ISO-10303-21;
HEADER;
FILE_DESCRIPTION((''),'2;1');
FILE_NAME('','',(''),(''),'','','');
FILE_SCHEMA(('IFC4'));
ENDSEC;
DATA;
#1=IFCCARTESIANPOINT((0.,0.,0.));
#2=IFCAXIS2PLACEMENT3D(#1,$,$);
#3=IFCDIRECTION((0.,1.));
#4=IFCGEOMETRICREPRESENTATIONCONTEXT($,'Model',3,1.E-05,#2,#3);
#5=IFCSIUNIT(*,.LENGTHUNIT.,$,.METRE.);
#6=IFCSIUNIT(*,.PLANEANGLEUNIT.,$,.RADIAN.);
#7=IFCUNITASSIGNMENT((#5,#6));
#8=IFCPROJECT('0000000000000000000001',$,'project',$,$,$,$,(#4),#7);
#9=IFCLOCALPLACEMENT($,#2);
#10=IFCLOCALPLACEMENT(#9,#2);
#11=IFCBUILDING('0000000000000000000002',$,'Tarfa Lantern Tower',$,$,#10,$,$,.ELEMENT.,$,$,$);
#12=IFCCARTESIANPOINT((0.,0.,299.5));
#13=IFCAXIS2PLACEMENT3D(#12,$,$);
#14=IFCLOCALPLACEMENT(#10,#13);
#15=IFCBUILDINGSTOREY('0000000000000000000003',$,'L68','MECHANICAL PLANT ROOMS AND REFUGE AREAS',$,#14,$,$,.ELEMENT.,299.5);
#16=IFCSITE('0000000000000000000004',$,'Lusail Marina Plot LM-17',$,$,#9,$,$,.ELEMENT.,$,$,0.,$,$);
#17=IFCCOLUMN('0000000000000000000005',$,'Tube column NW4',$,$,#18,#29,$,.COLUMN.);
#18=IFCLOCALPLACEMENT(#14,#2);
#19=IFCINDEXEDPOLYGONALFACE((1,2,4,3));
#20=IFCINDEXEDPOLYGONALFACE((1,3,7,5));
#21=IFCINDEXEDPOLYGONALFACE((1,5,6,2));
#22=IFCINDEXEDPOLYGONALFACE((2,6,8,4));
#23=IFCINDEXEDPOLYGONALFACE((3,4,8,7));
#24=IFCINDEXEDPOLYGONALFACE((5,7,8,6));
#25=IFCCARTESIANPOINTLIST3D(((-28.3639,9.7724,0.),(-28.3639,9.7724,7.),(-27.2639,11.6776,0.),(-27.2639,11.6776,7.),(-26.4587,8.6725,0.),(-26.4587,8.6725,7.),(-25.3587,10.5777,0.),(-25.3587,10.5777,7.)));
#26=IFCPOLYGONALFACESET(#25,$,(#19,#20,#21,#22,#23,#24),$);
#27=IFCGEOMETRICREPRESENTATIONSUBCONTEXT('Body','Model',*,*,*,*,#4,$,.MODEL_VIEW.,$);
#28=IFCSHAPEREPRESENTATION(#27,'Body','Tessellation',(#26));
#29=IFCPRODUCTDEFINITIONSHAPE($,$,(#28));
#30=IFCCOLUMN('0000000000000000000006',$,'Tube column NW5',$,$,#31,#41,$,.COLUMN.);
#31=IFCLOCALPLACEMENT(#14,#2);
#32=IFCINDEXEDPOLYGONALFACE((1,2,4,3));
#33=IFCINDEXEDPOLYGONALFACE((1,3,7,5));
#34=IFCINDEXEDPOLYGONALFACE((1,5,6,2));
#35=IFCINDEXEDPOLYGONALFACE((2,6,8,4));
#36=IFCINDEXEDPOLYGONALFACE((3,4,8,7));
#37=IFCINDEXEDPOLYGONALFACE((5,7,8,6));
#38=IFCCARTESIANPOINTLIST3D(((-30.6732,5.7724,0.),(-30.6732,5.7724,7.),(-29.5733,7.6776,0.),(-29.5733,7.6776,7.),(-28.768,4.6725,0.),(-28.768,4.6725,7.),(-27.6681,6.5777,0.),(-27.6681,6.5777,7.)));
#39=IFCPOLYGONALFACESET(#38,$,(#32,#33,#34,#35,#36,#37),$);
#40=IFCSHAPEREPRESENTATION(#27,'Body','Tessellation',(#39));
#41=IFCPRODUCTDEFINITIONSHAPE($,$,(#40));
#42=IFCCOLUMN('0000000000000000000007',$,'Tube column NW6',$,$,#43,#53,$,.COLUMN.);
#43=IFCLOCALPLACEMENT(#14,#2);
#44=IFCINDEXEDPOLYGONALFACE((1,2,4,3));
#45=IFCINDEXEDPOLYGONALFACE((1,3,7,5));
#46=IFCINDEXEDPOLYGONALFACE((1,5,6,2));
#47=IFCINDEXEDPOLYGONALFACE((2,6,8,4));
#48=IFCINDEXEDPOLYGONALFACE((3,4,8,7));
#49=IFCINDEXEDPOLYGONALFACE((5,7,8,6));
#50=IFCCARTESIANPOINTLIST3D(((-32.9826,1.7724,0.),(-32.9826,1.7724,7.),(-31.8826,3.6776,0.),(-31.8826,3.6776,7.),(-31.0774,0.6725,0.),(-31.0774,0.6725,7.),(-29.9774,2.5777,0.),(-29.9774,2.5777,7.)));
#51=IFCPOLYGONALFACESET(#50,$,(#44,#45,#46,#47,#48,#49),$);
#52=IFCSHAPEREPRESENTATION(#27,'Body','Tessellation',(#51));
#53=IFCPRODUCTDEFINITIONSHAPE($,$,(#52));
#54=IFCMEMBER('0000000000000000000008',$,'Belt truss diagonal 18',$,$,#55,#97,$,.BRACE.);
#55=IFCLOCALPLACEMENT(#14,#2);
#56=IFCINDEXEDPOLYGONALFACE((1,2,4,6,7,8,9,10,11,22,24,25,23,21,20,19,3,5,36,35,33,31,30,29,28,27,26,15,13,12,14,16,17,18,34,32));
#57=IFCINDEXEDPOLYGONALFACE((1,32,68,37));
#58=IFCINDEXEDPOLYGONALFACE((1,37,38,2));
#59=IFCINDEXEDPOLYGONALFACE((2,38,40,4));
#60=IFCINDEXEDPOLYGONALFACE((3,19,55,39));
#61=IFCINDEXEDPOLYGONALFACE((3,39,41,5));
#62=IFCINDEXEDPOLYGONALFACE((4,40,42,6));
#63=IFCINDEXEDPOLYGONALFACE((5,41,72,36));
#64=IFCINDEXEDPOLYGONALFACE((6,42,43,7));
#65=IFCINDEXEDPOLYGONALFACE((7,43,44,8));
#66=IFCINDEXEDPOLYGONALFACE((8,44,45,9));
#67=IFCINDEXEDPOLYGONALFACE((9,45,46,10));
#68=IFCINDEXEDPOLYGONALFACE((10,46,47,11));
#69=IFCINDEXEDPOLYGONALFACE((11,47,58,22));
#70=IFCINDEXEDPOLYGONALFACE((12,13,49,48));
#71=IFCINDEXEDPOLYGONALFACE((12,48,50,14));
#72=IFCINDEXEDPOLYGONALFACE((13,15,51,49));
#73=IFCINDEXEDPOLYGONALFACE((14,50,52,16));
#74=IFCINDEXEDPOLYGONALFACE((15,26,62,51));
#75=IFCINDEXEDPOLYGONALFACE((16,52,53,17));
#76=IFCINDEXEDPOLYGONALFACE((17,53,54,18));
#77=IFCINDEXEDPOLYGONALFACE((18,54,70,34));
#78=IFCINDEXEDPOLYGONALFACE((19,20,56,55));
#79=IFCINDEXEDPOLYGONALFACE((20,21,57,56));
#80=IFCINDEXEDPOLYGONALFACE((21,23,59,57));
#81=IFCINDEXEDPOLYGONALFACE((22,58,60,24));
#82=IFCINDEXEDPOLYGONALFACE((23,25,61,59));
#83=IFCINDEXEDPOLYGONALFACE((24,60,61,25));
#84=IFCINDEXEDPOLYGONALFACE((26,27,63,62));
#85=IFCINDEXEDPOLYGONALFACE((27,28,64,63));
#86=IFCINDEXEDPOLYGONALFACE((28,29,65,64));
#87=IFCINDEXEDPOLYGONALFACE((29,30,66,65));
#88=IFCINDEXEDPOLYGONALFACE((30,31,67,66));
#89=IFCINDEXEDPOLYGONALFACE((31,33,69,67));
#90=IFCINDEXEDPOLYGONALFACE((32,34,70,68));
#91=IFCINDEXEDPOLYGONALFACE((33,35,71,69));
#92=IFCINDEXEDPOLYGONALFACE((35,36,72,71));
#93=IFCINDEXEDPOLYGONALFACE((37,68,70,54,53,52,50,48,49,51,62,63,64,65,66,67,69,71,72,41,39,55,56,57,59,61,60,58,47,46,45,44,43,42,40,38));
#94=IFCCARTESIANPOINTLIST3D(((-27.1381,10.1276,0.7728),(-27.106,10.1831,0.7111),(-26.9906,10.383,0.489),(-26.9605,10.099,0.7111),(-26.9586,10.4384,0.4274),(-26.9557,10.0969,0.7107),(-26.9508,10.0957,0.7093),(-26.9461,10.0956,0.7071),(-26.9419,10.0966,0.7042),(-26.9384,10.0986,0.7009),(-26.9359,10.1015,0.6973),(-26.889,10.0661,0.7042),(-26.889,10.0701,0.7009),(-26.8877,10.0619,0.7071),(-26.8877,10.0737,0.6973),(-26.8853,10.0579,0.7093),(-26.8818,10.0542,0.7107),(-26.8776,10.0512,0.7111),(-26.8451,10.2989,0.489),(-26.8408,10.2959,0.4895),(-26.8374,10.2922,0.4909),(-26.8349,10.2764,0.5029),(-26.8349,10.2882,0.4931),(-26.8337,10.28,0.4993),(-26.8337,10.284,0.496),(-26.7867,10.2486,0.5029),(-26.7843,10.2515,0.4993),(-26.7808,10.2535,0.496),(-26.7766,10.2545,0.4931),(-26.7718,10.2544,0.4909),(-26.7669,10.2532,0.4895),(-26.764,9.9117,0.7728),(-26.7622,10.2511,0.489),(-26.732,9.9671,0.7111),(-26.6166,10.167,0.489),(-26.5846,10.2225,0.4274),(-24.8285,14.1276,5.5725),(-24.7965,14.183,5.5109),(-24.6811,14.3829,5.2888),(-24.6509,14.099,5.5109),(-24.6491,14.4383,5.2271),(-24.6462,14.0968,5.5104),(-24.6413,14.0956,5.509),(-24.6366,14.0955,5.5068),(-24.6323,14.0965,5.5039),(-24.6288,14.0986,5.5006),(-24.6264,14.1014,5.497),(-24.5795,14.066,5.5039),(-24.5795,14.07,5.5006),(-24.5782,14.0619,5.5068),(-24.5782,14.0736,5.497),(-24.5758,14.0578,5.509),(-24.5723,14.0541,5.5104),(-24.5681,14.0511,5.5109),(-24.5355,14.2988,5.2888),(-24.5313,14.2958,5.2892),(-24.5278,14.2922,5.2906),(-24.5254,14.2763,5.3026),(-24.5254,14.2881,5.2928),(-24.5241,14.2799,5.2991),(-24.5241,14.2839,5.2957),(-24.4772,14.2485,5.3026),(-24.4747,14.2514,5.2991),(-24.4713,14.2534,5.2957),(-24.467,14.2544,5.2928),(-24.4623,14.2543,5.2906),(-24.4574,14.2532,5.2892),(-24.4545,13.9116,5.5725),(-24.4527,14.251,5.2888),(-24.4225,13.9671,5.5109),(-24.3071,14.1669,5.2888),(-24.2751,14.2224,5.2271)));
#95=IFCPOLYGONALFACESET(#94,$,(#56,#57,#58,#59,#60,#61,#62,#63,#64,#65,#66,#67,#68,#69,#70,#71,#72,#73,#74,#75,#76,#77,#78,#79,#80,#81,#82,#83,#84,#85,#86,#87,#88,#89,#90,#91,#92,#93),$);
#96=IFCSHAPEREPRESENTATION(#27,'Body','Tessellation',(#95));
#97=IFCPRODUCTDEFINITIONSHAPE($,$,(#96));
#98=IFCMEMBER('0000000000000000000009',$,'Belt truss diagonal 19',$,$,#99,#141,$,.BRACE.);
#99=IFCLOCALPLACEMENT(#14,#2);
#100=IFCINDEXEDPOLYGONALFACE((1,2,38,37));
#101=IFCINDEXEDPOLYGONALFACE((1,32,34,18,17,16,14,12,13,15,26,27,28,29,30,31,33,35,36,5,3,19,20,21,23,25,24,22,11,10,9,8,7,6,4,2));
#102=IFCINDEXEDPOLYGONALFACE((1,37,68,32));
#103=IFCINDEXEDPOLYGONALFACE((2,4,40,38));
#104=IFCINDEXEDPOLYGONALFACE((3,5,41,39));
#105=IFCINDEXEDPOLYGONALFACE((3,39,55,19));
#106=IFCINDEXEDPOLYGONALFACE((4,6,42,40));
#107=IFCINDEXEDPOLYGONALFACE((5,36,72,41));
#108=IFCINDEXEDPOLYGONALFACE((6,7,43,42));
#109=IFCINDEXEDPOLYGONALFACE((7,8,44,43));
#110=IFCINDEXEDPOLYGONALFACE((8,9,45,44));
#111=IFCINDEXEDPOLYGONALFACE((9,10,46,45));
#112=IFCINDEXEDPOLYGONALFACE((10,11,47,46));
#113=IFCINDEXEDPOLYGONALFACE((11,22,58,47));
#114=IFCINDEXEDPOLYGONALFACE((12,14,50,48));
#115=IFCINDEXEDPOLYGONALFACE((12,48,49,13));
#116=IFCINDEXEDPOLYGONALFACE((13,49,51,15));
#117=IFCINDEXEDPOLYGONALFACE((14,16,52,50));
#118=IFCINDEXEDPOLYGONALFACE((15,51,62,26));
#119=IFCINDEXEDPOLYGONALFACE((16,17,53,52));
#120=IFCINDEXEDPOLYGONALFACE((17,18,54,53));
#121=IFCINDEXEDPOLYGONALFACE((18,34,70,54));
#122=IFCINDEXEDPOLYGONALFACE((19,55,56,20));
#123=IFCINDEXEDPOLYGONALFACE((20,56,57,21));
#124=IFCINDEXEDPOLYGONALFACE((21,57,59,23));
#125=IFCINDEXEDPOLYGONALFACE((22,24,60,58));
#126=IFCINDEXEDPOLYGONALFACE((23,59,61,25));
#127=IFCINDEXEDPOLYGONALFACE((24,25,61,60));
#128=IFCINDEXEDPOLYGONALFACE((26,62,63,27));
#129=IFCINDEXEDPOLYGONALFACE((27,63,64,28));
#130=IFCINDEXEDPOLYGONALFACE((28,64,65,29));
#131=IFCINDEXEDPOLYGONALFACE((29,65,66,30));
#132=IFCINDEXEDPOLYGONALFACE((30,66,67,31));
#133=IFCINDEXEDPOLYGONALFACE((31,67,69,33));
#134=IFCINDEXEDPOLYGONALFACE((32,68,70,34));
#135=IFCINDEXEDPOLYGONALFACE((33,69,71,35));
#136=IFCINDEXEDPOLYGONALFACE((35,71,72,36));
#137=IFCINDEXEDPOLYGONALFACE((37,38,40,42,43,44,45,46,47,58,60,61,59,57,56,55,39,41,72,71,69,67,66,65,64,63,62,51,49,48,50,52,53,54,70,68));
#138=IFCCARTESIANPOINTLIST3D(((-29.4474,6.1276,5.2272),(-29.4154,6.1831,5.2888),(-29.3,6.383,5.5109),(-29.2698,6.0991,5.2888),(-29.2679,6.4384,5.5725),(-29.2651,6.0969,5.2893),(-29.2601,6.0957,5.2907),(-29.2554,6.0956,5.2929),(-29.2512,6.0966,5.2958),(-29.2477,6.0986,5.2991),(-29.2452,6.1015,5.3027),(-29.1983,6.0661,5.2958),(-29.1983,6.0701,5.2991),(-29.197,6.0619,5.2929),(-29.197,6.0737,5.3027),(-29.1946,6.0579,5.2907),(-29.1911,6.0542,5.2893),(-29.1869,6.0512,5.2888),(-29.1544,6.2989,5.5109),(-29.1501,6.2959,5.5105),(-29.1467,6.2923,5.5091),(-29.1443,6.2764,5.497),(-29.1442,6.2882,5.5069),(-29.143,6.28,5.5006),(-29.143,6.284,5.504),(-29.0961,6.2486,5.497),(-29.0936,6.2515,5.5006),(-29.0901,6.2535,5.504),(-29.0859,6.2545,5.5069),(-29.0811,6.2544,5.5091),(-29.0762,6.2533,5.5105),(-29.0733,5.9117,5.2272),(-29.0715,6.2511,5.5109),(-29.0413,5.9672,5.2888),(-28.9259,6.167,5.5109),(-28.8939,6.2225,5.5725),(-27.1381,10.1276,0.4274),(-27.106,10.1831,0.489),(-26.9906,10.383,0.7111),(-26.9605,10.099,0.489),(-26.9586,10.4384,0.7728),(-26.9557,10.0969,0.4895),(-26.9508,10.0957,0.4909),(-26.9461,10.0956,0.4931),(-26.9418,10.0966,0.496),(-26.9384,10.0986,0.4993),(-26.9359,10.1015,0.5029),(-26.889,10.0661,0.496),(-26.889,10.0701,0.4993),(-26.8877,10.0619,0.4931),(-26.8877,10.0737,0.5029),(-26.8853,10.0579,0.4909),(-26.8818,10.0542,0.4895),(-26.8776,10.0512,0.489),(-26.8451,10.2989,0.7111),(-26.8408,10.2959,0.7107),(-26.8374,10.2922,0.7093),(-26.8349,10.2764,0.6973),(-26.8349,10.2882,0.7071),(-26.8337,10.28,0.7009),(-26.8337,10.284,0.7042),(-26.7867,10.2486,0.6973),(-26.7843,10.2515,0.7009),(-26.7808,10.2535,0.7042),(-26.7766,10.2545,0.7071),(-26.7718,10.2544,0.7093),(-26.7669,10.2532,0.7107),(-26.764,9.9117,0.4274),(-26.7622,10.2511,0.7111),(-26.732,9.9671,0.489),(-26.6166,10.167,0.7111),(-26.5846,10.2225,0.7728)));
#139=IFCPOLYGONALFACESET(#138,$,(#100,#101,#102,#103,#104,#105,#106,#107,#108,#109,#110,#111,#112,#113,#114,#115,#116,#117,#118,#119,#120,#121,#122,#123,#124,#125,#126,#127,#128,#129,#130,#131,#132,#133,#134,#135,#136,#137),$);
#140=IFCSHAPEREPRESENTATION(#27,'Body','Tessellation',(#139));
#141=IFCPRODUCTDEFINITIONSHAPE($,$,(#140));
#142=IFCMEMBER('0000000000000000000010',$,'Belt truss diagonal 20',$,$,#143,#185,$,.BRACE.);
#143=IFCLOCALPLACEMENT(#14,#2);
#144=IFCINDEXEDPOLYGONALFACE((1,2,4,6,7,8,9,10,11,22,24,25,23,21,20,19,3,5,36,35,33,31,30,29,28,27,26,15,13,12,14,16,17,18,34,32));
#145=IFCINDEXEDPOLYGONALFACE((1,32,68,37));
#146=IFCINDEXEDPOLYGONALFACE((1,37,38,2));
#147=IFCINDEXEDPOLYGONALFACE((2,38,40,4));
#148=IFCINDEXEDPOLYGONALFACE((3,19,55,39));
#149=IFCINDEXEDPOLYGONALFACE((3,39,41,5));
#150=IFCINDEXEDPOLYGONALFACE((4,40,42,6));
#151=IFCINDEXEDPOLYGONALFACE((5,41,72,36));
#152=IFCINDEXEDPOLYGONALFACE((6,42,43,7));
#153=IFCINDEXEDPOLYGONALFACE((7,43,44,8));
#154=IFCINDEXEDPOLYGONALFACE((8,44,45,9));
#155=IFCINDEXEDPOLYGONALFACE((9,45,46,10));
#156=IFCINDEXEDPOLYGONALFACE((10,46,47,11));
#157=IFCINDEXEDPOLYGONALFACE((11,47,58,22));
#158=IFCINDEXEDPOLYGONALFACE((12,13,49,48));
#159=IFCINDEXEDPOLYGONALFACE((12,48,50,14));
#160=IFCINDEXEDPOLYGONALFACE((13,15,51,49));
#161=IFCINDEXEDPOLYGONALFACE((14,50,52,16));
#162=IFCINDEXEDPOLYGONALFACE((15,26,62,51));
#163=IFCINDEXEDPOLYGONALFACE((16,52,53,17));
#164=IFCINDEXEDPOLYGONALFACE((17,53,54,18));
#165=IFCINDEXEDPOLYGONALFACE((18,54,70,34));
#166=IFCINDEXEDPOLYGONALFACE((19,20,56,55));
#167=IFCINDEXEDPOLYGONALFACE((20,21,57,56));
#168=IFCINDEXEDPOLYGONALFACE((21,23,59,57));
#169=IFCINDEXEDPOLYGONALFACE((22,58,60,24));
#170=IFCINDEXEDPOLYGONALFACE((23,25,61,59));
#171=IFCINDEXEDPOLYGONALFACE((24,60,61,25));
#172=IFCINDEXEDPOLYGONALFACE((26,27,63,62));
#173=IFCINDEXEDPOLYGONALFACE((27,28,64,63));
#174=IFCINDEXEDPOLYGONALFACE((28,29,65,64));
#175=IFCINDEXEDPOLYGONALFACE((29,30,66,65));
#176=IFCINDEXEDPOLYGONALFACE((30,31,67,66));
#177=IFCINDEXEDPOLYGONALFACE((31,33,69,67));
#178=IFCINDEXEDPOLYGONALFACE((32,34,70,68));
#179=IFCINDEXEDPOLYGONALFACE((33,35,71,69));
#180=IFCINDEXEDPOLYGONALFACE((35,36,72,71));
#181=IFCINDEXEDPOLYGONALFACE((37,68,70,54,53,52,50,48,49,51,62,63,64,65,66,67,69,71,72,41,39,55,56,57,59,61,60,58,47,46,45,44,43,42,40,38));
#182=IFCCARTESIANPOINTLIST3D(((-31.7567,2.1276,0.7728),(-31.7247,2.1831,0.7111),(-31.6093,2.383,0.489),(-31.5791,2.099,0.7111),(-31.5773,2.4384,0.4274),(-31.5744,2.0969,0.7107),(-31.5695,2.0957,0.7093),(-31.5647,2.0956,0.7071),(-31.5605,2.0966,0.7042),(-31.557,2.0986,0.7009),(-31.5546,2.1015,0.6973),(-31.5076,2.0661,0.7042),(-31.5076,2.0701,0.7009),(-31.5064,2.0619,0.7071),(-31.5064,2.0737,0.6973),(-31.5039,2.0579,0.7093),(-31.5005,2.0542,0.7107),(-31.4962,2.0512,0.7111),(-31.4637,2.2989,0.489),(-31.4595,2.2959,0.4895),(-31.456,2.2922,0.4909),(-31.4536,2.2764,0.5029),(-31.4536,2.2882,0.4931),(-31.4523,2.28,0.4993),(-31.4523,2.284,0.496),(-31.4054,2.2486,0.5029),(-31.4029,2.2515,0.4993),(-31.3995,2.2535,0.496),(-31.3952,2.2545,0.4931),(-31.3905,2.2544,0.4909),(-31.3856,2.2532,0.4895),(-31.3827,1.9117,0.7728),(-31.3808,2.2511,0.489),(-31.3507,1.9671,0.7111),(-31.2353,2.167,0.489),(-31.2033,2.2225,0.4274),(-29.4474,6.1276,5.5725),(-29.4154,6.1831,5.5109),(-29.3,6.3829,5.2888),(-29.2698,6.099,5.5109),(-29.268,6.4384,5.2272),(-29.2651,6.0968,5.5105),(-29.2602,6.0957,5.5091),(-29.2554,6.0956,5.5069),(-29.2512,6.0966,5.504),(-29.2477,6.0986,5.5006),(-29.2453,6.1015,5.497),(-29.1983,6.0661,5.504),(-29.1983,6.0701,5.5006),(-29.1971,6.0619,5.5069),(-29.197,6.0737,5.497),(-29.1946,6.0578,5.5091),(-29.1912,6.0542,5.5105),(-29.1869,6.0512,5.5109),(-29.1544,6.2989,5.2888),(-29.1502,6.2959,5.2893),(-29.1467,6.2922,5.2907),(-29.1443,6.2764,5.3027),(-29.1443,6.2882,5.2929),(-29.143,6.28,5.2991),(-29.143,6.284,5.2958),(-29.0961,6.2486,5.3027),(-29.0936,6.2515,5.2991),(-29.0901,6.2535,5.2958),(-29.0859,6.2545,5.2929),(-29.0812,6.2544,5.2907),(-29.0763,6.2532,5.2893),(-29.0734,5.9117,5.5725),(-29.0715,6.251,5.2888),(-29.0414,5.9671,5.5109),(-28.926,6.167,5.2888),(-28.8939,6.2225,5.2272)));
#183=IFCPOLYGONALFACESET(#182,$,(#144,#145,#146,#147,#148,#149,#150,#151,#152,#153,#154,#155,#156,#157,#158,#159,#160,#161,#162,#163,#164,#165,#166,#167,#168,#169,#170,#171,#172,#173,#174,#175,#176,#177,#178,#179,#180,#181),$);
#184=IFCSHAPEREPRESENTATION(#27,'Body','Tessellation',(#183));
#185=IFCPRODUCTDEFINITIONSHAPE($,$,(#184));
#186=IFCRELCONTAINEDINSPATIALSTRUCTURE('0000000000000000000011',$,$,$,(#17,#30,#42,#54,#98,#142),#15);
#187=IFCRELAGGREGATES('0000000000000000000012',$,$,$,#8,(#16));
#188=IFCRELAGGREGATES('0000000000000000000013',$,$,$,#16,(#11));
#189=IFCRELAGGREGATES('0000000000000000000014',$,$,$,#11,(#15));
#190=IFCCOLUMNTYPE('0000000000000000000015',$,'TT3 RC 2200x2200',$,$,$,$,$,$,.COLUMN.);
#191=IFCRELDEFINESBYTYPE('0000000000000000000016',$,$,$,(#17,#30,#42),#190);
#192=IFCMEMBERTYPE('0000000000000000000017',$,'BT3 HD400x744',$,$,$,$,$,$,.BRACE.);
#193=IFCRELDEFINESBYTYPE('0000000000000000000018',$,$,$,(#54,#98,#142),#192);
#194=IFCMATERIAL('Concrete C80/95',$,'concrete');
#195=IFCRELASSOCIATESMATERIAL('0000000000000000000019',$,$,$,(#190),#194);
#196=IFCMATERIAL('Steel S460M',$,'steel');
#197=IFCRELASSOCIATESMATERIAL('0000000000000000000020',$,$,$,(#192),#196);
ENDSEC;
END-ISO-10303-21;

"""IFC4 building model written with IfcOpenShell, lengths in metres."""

from ifc_helpers import new_model, si_unit, direction, frame, origin, origin_2d, place, context, subcontext, project, spatial, rectangle, i_section, extrude, material, material_profile, profile_set, type_object, element, save


model = new_model("IFC4")

# Units and contexts
model_context = context("Model", 3, precision=1e-05, world=origin(), true_north=direction((0.0, 1.0)))
body_context = subcontext(model_context, "Body", "Model", "MODEL_VIEW")
ifc_project = project(units=[si_unit("LENGTHUNIT", "METRE"), si_unit("PLANEANGLEUNIT", "RADIAN")], contexts=[model_context])

# Site, building, storey
site_placement = place(None, origin())
site = spatial("IfcSite", under=ifc_project, at=site_placement, Name="Lusail Marina Plot LM-17", CompositionType="ELEMENT", RefElevation=0.0)
building_placement = place(site_placement, origin())
building = spatial("IfcBuilding", under=site, at=building_placement, Name="Tarfa Lantern Tower", CompositionType="ELEMENT")
storey_placement = place(building_placement, frame((0.0, 0.0, 299.5)))
storey = spatial("IfcBuildingStorey", under=building, at=storey_placement, Name="L68", Description="MECHANICAL PLANT ROOMS AND REFUGE AREAS", CompositionType="ELEMENT", Elevation=299.5)

# Columns
ifc_material_1 = material(Name="Concrete C80/95", Category="concrete")
ifc_material_profile_1 = material_profile(ifc_material_1, rectangle(XDim=2.2, YDim=2.2, at=origin_2d()), Name="RC 2200x2200")
ifc_profile_set_1 = profile_set([ifc_material_profile_1], Name="Concrete C80/95")
column_type = type_object("IfcColumnType", Name="TT3 RC 2200x2200", PredefinedType="COLUMN", material=ifc_profile_set_1)
for number, where, z_axis, x_axis, name in (
    (1, (-26.8613, 10.175, 0.0), (0.0, 0.0, 1.0), (-0.5, -0.866025, 0.0), "Tube column NW4"),
    (2, (-29.1707, 6.175, 0.0), (0.0, 0.0, 1.0), (-0.5, -0.866025, 0.0), "Tube column NW5"),
    (3, (-31.48, 2.175, 0.0), (0.0, 0.0, 1.0), (-0.5, -0.866025, 0.0), "Tube column NW6"),
):
    element("IfcColumn", number, at=place(storey_placement, frame(where, z_axis=z_axis, x_axis=x_axis)), inside=storey, type_object=column_type, Name=name, PredefinedType="COLUMN", context=body_context, shape_type="SweptSolid", body=[
        extrude(rectangle(XDim=2.2, YDim=2.2, at=origin_2d()), origin(), (0.0, 0.0, 1.0), 7.0),
    ])

# Members
ifc_material_2 = material(Name="Steel S460M", Category="steel")
ifc_material_profile_2 = material_profile(ifc_material_2, i_section(OverallWidth=0.4319, OverallDepth=0.498, WebThickness=0.0557, FlangeThickness=0.0889, FilletRadius=0.02, at=origin_2d()), Name="HD400x744")
ifc_profile_set_2 = profile_set([ifc_material_profile_2], Name="Steel S460M")
member_type_1 = type_object("IfcMemberType", Name="BT3 HD400x744", PredefinedType="BRACE", material=ifc_profile_set_2)
for number, where, z_axis, x_axis, name in (
    (4, (-26.8613, 10.175, 0.6001), (0.346717, 0.600488, 0.720556), (-0.86601, 0.500027, 0.0), "Belt truss diagonal 18"),
    (5, (-26.8613, 10.175, 0.6001), (-0.346685, -0.600496, 0.720565), (0.866032, -0.499988, 0.0), "Belt truss diagonal 19"),
    (6, (-31.48, 2.175, 0.6001), (0.346685, 0.600496, 0.720565), (-0.866032, 0.499988, 0.0), "Belt truss diagonal 20"),
):
    element("IfcMember", number, at=place(storey_placement, frame(where, z_axis=z_axis, x_axis=x_axis)), inside=storey, type_object=member_type_1, Name=name, PredefinedType="BRACE", context=body_context, shape_type="SweptSolid", body=[
        extrude(i_section(OverallWidth=0.4319, OverallDepth=0.498, WebThickness=0.0557, FlangeThickness=0.0889, FilletRadius=0.02, at=origin_2d()), origin(), (0.0, 0.0, 1.0), 6.6611),
    ])

save(model, "model.ifc")
